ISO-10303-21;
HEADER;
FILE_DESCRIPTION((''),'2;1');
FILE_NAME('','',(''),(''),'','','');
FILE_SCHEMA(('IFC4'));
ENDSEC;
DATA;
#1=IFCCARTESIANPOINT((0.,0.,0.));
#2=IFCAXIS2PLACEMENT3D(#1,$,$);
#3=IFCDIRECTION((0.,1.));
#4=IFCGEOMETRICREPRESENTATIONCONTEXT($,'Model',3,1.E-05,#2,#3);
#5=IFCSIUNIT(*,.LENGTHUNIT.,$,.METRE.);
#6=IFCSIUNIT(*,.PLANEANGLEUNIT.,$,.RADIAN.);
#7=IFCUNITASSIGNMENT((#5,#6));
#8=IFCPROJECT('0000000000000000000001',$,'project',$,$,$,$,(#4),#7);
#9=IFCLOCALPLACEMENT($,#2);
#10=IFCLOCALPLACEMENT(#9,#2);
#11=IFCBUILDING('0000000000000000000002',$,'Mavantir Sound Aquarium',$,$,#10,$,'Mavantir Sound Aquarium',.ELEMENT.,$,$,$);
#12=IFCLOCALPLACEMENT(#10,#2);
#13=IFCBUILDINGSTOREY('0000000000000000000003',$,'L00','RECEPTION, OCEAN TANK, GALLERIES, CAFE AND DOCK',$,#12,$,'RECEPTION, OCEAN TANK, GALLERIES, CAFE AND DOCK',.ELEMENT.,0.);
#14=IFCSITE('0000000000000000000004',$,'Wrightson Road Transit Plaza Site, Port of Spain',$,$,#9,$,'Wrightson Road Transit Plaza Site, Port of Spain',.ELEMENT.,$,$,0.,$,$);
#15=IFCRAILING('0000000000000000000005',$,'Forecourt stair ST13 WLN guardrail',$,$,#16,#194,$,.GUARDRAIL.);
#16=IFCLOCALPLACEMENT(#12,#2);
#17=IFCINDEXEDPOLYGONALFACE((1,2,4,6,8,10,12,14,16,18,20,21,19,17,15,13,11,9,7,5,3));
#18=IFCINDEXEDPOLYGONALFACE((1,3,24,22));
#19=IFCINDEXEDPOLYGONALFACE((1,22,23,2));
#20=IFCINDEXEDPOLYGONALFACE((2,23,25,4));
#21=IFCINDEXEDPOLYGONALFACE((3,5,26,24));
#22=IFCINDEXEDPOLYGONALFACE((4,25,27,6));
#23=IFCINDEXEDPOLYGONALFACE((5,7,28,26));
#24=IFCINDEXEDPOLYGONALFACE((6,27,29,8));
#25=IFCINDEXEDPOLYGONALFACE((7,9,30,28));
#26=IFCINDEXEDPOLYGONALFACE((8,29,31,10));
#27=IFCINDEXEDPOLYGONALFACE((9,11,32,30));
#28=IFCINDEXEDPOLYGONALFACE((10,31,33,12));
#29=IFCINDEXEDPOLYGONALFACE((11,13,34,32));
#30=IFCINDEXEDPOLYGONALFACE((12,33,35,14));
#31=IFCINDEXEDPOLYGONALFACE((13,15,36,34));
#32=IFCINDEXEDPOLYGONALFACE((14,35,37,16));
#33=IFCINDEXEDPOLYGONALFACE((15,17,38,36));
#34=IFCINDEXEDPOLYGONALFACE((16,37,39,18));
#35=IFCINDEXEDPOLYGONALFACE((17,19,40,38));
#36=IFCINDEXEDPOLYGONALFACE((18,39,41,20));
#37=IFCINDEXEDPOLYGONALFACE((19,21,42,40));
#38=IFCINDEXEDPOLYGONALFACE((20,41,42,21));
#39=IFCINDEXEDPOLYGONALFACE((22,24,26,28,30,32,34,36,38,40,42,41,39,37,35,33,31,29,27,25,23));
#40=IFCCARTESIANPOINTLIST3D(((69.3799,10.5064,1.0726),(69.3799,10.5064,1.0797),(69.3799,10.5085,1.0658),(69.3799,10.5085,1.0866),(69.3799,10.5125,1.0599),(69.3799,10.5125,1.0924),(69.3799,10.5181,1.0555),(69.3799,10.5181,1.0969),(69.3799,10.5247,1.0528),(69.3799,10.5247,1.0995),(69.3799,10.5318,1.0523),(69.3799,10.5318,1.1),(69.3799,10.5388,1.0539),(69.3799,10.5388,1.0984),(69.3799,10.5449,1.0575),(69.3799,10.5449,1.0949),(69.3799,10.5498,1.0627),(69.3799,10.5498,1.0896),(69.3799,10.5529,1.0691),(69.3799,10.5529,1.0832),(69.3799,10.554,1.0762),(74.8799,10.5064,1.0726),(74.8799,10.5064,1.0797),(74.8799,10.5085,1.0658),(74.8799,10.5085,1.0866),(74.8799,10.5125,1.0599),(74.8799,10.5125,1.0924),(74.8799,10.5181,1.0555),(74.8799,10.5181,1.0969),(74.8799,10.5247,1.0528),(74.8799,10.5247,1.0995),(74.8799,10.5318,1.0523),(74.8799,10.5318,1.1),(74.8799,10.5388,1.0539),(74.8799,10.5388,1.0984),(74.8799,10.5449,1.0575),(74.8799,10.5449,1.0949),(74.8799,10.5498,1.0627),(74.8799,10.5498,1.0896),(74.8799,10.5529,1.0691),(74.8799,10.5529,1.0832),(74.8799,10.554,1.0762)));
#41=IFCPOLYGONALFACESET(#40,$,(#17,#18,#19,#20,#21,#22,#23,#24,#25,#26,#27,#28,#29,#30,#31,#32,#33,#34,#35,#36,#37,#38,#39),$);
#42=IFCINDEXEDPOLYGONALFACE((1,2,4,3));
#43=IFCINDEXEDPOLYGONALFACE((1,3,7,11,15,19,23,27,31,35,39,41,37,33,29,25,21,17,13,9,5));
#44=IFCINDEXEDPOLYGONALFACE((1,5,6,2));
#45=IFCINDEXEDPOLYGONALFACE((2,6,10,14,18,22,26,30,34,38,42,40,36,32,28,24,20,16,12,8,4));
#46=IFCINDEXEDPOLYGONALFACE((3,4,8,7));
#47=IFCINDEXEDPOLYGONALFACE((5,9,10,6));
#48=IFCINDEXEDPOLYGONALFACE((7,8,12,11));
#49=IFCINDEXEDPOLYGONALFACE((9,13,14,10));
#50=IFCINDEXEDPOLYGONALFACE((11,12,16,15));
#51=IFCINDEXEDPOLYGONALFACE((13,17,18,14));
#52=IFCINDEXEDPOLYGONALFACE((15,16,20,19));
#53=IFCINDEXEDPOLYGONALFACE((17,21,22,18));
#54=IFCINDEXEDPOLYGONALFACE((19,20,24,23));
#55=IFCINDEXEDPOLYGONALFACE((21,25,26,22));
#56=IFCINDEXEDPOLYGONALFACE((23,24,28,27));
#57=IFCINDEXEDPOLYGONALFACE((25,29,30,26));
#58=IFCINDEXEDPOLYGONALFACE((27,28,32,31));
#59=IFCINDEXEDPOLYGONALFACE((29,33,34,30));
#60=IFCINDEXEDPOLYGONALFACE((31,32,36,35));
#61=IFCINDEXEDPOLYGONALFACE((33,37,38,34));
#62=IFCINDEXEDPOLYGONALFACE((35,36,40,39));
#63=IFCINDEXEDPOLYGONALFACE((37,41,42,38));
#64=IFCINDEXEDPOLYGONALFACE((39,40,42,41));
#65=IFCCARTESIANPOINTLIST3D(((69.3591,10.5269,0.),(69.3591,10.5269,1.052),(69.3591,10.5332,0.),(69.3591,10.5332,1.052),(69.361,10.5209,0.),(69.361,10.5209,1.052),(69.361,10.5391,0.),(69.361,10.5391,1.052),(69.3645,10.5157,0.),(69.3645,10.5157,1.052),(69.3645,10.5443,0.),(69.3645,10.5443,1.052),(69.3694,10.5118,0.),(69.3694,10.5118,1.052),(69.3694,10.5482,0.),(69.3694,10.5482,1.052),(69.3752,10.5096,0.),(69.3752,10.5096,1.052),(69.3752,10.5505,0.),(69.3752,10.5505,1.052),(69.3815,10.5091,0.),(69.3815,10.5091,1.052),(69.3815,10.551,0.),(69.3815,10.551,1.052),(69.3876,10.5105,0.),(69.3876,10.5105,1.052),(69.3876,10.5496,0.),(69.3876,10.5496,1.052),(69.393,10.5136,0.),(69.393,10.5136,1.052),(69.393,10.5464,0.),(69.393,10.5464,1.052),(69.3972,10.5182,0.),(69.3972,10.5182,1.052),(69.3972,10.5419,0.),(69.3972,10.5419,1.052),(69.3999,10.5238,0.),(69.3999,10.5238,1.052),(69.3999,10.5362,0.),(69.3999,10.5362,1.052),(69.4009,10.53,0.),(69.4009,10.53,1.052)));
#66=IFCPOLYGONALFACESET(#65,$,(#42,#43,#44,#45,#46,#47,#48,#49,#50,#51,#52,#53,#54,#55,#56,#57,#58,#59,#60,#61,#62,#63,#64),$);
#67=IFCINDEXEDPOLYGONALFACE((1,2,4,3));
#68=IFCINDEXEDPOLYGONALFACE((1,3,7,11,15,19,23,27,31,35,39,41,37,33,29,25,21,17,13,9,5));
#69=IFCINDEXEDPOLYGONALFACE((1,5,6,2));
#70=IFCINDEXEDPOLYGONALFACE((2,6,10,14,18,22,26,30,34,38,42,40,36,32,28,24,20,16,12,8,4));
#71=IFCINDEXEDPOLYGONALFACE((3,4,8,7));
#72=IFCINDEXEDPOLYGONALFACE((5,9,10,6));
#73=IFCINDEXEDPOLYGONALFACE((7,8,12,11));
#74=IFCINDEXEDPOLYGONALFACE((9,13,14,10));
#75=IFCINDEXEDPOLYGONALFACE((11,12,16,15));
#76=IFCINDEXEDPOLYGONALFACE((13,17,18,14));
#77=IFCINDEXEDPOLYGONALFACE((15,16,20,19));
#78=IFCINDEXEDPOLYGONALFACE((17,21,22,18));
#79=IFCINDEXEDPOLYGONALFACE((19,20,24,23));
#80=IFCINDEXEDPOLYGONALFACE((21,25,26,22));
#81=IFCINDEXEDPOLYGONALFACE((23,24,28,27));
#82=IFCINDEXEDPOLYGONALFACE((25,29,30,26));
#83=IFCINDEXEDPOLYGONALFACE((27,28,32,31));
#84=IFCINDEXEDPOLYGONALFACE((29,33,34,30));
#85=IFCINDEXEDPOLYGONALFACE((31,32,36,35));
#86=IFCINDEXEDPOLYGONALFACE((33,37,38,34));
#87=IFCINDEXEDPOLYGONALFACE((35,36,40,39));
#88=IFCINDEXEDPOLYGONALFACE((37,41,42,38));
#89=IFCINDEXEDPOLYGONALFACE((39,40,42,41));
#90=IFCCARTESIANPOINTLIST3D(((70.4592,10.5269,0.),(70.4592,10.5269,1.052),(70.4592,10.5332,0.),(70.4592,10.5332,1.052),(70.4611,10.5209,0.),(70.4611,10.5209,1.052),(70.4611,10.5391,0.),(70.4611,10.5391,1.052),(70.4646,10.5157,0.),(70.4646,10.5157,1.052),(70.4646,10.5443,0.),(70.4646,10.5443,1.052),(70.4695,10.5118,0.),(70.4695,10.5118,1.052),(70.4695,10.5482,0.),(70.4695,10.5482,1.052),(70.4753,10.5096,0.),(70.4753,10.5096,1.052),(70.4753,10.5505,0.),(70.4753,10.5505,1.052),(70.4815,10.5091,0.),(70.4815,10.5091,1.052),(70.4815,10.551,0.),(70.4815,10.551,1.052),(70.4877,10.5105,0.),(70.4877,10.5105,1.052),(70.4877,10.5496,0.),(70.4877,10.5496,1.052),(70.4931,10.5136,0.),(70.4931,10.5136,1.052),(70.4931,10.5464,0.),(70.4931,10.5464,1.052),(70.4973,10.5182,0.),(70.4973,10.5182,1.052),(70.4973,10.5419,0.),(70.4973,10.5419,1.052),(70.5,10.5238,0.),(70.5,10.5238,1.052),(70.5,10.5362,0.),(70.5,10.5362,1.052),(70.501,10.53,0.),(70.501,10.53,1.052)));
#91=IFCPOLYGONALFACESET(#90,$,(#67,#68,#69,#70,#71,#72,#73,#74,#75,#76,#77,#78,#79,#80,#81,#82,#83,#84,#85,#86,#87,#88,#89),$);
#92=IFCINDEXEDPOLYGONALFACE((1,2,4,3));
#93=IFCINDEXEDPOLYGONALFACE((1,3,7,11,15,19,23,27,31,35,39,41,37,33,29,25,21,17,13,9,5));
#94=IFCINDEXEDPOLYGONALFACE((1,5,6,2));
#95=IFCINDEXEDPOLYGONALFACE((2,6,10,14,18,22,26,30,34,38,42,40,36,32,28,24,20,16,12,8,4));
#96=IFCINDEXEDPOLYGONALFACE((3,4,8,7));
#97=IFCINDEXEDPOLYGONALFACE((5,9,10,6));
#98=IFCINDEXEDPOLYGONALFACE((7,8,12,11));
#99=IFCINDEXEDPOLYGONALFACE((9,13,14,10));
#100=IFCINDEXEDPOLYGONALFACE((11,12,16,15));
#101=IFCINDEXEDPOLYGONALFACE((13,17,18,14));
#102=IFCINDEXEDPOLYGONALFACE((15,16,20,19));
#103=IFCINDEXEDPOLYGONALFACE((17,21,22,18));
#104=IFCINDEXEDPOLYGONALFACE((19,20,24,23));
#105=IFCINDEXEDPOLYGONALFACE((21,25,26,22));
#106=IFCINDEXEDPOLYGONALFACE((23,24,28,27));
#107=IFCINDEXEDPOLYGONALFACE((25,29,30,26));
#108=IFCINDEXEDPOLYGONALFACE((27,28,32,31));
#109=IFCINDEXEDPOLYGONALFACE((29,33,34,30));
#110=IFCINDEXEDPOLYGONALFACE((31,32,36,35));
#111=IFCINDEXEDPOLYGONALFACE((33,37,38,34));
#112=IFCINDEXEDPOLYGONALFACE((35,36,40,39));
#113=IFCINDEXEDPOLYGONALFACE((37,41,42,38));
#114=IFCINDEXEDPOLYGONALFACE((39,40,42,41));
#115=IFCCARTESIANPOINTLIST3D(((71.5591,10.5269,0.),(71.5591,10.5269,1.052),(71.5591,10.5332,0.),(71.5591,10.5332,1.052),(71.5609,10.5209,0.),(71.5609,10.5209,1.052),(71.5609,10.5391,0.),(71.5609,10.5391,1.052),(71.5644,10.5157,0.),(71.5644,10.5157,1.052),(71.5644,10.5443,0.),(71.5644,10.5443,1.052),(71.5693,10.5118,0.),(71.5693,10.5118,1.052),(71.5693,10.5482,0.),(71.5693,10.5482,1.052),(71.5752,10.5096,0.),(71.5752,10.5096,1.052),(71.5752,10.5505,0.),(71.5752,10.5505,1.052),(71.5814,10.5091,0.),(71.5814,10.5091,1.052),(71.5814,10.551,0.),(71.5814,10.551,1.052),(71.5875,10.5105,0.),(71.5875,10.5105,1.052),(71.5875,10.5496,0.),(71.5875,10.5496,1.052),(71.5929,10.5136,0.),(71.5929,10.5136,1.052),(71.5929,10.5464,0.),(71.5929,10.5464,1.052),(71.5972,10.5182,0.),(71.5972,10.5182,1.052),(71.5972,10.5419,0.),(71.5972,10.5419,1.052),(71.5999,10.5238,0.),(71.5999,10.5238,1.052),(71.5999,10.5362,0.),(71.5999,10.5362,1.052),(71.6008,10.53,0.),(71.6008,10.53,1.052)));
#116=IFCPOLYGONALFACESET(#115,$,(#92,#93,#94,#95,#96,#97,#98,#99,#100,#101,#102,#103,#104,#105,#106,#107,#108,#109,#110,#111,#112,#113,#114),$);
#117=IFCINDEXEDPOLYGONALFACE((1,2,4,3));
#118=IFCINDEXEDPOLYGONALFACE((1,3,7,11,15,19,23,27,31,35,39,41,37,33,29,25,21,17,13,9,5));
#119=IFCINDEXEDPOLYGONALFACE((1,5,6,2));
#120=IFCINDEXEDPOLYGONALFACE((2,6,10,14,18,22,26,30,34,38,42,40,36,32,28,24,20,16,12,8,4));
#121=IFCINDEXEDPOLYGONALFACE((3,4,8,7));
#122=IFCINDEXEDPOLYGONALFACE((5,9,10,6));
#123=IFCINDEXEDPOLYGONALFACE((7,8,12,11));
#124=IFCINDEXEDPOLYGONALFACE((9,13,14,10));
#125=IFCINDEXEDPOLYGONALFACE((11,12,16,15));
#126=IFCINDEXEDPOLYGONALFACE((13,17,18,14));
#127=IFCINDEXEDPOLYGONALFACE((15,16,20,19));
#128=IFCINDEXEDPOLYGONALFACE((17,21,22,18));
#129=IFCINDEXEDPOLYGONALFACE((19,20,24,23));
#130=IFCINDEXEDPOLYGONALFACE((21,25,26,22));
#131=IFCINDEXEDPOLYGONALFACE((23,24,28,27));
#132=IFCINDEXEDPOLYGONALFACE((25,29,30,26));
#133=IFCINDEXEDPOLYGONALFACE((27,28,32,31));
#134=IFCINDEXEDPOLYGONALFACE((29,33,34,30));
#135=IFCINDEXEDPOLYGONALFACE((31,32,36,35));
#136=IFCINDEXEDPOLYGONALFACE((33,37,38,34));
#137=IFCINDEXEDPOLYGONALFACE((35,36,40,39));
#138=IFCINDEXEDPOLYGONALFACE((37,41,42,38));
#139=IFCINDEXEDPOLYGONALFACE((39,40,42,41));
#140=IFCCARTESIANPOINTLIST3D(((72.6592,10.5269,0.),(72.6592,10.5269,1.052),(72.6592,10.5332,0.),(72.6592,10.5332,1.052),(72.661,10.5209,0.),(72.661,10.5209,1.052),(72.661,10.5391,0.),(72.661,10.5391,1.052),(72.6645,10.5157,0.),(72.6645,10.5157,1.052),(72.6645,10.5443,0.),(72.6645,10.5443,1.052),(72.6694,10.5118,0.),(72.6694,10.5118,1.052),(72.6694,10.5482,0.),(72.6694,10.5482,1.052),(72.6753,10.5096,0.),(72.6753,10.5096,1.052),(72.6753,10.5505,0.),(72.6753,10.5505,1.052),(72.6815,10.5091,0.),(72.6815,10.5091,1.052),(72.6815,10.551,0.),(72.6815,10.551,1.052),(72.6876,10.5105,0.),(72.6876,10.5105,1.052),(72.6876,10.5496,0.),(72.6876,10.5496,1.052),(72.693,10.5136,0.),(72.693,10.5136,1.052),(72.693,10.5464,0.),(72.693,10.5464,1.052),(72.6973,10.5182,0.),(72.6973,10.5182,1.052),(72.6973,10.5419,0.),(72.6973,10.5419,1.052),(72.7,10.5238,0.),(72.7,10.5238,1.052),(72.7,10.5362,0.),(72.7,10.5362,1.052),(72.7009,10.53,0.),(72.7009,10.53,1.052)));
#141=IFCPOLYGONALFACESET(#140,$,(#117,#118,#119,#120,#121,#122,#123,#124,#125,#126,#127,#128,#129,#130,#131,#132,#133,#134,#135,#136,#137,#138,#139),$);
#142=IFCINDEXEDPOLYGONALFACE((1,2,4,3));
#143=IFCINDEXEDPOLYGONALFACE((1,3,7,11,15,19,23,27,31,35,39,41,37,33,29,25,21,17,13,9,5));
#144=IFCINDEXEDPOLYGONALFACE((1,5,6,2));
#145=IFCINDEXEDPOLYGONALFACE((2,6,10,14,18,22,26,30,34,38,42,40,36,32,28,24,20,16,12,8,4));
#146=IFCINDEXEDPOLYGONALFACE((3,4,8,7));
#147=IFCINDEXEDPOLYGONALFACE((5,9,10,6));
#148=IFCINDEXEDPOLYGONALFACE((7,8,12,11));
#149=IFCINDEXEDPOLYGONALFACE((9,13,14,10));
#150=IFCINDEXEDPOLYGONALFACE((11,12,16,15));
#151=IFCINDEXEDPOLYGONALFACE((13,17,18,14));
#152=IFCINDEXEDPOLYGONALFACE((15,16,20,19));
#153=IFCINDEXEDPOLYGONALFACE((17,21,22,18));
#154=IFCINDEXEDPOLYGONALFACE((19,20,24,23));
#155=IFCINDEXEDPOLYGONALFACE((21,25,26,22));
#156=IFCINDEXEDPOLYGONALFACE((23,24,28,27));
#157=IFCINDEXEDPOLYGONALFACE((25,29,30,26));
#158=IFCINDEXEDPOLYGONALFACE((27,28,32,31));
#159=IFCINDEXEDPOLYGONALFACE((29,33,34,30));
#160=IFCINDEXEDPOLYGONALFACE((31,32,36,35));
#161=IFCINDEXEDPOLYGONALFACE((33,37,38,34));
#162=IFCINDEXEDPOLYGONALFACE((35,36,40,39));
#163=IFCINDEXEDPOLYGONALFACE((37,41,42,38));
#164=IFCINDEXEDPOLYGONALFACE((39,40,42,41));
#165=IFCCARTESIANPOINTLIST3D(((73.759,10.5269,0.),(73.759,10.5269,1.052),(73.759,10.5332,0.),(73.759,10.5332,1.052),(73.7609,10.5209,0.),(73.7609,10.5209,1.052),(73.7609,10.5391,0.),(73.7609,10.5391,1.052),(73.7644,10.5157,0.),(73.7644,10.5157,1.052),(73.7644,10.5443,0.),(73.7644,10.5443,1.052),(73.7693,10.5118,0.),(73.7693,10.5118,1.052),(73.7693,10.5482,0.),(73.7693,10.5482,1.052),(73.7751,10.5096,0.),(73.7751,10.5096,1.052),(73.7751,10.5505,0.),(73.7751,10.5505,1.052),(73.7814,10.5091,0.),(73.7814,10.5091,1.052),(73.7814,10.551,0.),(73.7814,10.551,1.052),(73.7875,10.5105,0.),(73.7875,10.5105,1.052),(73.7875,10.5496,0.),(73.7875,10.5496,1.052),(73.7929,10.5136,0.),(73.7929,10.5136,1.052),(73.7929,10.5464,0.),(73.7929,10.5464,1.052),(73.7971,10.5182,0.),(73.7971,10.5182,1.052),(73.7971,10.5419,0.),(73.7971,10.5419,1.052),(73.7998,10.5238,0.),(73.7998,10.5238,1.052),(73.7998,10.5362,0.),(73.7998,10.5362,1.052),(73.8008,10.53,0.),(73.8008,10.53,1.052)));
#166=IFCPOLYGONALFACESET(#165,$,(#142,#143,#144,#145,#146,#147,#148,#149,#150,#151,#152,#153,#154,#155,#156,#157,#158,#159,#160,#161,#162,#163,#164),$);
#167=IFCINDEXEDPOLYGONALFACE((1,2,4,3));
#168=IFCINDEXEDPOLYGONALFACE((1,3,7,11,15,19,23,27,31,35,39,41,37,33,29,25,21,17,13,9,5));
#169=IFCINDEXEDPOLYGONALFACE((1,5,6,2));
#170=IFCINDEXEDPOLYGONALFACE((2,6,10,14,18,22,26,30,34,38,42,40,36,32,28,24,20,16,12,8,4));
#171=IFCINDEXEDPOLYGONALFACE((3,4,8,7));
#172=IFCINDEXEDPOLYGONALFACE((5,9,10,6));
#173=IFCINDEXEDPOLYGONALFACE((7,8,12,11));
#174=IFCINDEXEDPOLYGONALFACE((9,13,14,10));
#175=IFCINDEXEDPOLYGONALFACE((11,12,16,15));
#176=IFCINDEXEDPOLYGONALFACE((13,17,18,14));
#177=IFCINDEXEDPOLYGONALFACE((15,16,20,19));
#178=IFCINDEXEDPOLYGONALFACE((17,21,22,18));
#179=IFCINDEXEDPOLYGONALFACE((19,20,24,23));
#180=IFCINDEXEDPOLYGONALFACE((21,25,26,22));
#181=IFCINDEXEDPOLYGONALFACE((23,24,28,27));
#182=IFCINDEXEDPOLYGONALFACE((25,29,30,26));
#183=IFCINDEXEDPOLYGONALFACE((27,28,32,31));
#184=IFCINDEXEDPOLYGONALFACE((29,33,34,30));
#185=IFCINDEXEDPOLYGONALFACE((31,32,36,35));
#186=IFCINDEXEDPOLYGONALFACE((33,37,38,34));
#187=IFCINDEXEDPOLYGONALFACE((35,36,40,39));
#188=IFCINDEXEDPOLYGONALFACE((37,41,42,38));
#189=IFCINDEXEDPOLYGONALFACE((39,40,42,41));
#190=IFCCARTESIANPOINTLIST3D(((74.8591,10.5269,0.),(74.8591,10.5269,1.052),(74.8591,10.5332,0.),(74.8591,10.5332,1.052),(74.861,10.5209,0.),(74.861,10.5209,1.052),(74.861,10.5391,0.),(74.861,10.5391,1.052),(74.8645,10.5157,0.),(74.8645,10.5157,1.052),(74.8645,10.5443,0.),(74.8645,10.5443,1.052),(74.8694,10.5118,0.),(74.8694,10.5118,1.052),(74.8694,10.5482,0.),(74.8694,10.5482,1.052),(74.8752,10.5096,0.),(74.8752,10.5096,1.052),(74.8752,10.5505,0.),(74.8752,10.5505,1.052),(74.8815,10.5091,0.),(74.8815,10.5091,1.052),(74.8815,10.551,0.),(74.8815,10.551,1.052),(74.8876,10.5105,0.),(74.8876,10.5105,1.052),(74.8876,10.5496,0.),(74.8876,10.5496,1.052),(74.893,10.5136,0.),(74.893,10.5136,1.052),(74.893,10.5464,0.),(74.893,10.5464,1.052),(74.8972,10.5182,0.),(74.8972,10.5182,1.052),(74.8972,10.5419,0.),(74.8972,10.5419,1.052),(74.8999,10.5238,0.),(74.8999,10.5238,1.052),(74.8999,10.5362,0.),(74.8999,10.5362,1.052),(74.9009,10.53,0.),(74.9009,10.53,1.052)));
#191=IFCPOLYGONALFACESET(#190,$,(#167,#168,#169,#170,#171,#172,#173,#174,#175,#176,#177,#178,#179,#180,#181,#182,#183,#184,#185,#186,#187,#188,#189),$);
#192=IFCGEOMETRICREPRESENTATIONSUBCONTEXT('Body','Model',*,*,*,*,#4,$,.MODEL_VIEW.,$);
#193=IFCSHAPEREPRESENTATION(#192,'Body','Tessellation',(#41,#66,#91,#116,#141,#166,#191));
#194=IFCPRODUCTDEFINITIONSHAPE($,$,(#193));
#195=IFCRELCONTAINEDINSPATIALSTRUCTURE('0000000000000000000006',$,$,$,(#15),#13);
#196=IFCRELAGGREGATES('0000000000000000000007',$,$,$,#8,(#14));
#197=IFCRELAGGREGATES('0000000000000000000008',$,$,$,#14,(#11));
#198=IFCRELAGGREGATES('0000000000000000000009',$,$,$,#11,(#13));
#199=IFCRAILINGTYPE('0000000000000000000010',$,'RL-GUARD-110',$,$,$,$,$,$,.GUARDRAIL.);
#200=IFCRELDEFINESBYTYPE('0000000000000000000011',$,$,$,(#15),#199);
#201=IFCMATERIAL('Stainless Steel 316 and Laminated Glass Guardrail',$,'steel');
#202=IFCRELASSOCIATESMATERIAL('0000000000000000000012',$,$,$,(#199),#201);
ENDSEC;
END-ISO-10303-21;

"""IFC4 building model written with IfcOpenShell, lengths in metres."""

from ifc_helpers import new_model, si_unit, direction, frame, origin, origin_2d, place, context, subcontext, project, spatial, circle, extrude, material, type_object, element, save


model = new_model("IFC4")

# Units and contexts
model_context = context("Model", 3, precision=1e-05, world=origin(), true_north=direction((0.0, 1.0)))
body_context = subcontext(model_context, "Body", "Model", "MODEL_VIEW")
ifc_project = project(units=[si_unit("LENGTHUNIT", "METRE"), si_unit("PLANEANGLEUNIT", "RADIAN")], contexts=[model_context])

# Site, building, storey
site_placement = place(None, origin())
site = spatial("IfcSite", under=ifc_project, at=site_placement, Name="Wrightson Road Transit Plaza Site, Port of Spain", LongName="Wrightson Road Transit Plaza Site, Port of Spain", CompositionType="ELEMENT", RefElevation=0.0)
building_placement = place(site_placement, origin())
building = spatial("IfcBuilding", under=site, at=building_placement, Name="Mavantir Sound Aquarium", LongName="Mavantir Sound Aquarium", CompositionType="ELEMENT")
storey_placement = place(building_placement, origin())
storey = spatial("IfcBuildingStorey", under=building, at=storey_placement, Name="L00", Description="RECEPTION, OCEAN TANK, GALLERIES, CAFE AND DOCK", LongName="RECEPTION, OCEAN TANK, GALLERIES, CAFE AND DOCK", CompositionType="ELEMENT", Elevation=0.0)

# Railing
ifc_material_1 = material(Name="Stainless Steel 316 and Laminated Glass Guardrail", Category="steel")
railing_type = type_object("IfcRailingType", Name="RL-GUARD-110", PredefinedType="GUARDRAIL", material=ifc_material_1)
for number, where, name in (
    (1, (69.3799, 10.53, 0.0), "Forecourt stair ST13 WLN guardrail"),
):
    element("IfcRailing", number, at=place(storey_placement, frame(where)), inside=storey, type_object=railing_type, Name=name, PredefinedType="GUARDRAIL", context=body_context, shape_type="SweptSolid", body=[
        extrude(circle(Radius=0.0239, at=origin_2d()), frame((0.0, 0.0, 1.0762), z_axis=(1.0, 0.0, 0.0), x_axis=(0.0, 1.0, 0.0)), (0.0, 0.0, 1.0), 5.5),
        extrude(circle(Radius=0.021, at=origin_2d()), origin(), (0.0, 0.0, 1.0), 1.052),
        extrude(circle(Radius=0.021, at=origin_2d()), frame((1.1001, 0.0, 0.0)), (0.0, 0.0, 1.0), 1.052),
        extrude(circle(Radius=0.021, at=origin_2d()), frame((2.2, 0.0, 0.0)), (0.0, 0.0, 1.0), 1.052),
        extrude(circle(Radius=0.021, at=origin_2d()), frame((3.3, 0.0, 0.0)), (0.0, 0.0, 1.0), 1.052),
        extrude(circle(Radius=0.021, at=origin_2d()), frame((4.3999, 0.0, 0.0)), (0.0, 0.0, 1.0), 1.052),
        extrude(circle(Radius=0.021, at=origin_2d()), frame((5.5, 0.0, 0.0)), (0.0, 0.0, 1.0), 1.052),
    ])

save(model, "model.ifc")
